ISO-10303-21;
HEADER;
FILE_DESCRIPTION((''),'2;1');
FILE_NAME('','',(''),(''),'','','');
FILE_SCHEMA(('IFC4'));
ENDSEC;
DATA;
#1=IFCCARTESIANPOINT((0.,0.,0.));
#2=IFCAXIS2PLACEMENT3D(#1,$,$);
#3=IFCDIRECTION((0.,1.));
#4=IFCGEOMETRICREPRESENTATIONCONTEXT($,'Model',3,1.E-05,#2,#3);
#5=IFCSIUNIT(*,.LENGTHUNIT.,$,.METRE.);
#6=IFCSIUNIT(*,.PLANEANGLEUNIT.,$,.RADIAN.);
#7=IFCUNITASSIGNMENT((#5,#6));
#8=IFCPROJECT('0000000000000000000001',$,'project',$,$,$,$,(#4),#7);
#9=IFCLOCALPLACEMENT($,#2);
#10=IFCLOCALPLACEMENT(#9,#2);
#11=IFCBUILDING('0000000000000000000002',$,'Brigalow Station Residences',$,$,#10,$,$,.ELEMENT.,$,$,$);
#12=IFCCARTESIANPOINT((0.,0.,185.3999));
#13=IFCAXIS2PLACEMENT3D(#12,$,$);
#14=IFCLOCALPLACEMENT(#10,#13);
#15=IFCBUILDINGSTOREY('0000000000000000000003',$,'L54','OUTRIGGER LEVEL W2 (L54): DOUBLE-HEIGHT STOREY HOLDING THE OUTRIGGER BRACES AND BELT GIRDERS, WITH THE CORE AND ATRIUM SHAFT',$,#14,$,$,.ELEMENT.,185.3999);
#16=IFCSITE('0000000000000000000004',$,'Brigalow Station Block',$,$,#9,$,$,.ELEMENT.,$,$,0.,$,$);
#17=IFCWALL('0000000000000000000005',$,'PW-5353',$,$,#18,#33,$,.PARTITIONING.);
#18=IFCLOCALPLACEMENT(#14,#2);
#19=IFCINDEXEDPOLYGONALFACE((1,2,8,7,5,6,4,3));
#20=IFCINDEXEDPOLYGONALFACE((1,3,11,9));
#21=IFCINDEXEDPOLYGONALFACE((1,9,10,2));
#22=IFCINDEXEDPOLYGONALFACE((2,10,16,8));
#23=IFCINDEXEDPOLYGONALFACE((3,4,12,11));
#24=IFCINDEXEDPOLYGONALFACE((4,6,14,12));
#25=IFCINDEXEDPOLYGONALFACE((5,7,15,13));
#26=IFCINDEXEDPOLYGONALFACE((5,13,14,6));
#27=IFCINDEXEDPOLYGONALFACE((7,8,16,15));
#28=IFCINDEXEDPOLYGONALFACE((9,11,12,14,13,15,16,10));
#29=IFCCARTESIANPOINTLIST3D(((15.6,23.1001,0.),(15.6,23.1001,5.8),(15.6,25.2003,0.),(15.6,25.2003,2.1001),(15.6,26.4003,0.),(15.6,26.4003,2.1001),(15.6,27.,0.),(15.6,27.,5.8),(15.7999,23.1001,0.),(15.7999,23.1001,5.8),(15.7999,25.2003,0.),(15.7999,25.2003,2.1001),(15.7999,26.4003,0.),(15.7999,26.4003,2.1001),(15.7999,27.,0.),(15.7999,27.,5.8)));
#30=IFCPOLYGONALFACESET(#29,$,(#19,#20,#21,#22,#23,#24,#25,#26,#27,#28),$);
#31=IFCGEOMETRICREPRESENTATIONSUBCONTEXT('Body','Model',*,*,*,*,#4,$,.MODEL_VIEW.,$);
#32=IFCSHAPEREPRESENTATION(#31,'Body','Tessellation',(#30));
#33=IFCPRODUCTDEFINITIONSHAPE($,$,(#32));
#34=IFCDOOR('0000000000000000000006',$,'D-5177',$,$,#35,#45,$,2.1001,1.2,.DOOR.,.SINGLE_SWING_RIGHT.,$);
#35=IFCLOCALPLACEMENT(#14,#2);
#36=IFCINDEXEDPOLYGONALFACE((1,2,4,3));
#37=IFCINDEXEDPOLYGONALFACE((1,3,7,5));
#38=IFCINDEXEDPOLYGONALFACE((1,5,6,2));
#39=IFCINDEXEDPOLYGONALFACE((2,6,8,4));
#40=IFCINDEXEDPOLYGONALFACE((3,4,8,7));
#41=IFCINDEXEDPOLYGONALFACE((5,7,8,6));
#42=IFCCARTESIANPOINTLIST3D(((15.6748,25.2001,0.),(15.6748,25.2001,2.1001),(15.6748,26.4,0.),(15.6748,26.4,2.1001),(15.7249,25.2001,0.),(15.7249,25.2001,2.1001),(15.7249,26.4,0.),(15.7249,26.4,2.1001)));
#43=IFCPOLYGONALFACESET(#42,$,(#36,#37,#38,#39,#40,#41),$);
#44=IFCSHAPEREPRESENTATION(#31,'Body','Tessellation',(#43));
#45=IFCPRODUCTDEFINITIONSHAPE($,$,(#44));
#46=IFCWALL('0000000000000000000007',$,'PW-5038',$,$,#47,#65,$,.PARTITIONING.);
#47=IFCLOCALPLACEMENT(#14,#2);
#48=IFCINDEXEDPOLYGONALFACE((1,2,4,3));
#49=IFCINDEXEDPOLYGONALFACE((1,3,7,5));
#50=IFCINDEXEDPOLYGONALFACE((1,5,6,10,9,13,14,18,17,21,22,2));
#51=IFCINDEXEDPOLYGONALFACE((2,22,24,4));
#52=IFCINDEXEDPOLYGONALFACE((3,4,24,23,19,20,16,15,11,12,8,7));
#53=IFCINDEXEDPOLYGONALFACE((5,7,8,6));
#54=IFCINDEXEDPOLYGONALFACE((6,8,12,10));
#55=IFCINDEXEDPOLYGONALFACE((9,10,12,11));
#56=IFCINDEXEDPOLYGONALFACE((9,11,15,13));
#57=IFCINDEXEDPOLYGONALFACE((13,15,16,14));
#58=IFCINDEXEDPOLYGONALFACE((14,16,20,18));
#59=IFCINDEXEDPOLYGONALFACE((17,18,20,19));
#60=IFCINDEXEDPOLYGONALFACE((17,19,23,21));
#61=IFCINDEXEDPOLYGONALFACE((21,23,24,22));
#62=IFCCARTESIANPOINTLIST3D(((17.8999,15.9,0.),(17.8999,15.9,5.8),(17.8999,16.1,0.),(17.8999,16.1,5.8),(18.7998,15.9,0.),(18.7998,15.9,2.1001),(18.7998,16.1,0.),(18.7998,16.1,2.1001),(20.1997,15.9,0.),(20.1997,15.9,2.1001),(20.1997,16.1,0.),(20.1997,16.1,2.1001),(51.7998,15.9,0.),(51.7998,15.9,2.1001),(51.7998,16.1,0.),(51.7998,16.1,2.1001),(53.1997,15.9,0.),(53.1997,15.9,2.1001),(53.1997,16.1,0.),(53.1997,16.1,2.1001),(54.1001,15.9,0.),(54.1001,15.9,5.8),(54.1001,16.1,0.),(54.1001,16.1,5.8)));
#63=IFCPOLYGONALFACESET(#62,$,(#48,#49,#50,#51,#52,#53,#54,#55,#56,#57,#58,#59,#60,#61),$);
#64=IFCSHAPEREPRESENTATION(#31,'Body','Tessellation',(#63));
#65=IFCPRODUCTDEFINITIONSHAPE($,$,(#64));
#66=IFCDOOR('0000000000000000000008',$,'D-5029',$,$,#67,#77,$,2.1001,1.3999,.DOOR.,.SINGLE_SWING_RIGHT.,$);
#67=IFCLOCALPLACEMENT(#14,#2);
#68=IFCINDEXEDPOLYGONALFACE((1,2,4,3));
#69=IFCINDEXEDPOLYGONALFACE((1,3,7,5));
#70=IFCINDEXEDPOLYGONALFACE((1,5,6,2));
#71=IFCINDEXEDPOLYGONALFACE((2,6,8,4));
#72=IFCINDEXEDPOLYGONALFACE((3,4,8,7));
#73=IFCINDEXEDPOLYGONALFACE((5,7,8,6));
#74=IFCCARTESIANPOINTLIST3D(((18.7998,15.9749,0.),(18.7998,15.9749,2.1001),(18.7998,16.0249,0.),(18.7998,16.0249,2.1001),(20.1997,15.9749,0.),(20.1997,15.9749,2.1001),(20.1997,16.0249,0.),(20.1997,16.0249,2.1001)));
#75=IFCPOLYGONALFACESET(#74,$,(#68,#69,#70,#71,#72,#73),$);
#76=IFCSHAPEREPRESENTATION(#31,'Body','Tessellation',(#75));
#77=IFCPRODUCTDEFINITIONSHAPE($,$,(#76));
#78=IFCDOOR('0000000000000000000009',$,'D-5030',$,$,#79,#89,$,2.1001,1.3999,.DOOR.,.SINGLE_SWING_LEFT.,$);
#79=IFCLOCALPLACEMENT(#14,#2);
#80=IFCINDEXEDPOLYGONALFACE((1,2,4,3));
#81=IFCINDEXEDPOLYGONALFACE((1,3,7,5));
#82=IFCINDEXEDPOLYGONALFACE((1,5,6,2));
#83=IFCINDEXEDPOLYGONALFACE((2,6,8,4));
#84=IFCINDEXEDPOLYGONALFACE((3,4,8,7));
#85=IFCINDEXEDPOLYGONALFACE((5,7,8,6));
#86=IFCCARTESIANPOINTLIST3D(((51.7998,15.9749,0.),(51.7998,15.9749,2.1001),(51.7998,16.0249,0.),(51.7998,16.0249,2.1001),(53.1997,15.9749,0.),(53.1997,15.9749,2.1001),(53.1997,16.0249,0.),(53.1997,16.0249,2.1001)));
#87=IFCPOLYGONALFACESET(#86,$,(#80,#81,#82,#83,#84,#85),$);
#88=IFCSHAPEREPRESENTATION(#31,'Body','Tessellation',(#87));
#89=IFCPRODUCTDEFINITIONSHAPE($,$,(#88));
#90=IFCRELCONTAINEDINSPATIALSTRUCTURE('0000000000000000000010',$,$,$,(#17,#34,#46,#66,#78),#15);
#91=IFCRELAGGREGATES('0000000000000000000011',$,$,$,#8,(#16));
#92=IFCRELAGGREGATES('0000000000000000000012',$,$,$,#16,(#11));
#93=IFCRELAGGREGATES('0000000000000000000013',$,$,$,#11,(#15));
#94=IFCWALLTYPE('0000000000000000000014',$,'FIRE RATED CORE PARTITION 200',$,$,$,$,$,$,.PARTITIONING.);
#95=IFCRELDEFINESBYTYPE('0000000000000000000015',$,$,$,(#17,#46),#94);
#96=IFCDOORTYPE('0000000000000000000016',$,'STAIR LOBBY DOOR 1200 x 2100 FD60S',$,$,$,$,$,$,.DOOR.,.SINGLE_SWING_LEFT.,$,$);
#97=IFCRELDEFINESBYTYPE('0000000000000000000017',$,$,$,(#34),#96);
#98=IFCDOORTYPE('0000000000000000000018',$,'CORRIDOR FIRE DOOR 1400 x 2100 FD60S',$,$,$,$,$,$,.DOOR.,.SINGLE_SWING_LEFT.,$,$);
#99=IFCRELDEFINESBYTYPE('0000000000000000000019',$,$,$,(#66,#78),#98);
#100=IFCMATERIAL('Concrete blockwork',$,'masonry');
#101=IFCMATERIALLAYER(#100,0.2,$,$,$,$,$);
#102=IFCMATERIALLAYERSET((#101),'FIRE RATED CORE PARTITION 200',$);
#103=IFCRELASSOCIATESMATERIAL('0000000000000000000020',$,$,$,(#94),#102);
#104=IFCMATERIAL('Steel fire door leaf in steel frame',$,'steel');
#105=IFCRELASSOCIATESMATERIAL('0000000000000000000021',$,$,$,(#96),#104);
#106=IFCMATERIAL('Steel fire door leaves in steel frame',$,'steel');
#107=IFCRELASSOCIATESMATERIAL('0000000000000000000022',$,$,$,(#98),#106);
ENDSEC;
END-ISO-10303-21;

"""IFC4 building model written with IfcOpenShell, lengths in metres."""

from ifc_helpers import new_model, si_unit, direction, frame, frame_2d, origin, place, context, subcontext, project, spatial, rectangle, extrude, material, layer, layer_set, type_object, element, fill, save


model = new_model("IFC4")

# Units and contexts
model_context = context("Model", 3, precision=1e-05, world=origin(), true_north=direction((0.0, 1.0)))
body_context = subcontext(model_context, "Body", "Model", "MODEL_VIEW")
ifc_project = project(units=[si_unit("LENGTHUNIT", "METRE"), si_unit("PLANEANGLEUNIT", "RADIAN")], contexts=[model_context])

# Site, building, storey
site_placement = place(None, origin())
site = spatial("IfcSite", under=ifc_project, at=site_placement, Name="Brigalow Station Block", CompositionType="ELEMENT", RefElevation=0.0)
building_placement = place(site_placement, origin())
building = spatial("IfcBuilding", under=site, at=building_placement, Name="Brigalow Station Residences", CompositionType="ELEMENT")
storey_placement = place(building_placement, frame((0.0, 0.0, 185.3999)))
storey = spatial("IfcBuildingStorey", under=building, at=storey_placement, Name="L54", Description="OUTRIGGER LEVEL W2 (L54): DOUBLE-HEIGHT STOREY HOLDING THE OUTRIGGER BRACES AND BELT GIRDERS, WITH THE CORE AND ATRIUM SHAFT", CompositionType="ELEMENT", Elevation=185.3999)

# Shared definitions
ifc_material_1 = material(Name="Concrete blockwork", Category="masonry")
ifc_layer = layer(ifc_material_1, 0.2)
ifc_layer_set = layer_set([ifc_layer], Name="FIRE RATED CORE PARTITION 200")
wall_type = type_object("IfcWallType", Name="FIRE RATED CORE PARTITION 200", PredefinedType="PARTITIONING", material=ifc_layer_set)

# Wall, opening, door
wall_1_placement = place(storey_placement, frame((15.7, 23.1001, 0.0), z_axis=(0.0, 0.0, 1.0), x_axis=(0.0, 1.0, 0.0)))
wall_1 = element("IfcWall", 1, at=wall_1_placement, inside=storey, type_object=wall_type, Name="PW-5353", PredefinedType="PARTITIONING", context=body_context, shape_type="SweptSolid", body=[
    extrude(rectangle(XDim=3.8999, YDim=0.2, at=frame_2d((1.95, 0.0))), origin(), (0.0, 0.0, 1.0), 5.8),
])
opening_1_placement = place(wall_1_placement, frame((2.1001, 0.0, 0.0)))
opening_1 = element("IfcOpeningElement", 2, at=opening_1_placement, cuts=wall_1, PredefinedType="OPENING", context=body_context, shape_type="SweptSolid", body=[
    extrude(rectangle(XDim=1.2, YDim=2.1001, at=frame_2d((0.6001, 1.05))), frame((0.0, 0.1099, 0.0), z_axis=(0.0, -1.0, 0.0), x_axis=(1.0, 0.0, 0.0)), (0.0, 0.0, 1.0), 0.22),
])
ifc_material_2 = material(Name="Steel fire door leaf in steel frame", Category="steel")
door_type_1 = type_object("IfcDoorType", Name="STAIR LOBBY DOOR 1200 x 2100 FD60S", OperationType="SINGLE_SWING_LEFT", PredefinedType="DOOR", material=ifc_material_2)
door_1_placement = place(opening_1_placement, frame((1.2, 0.0, 0.0), z_axis=(0.0, 0.0, 1.0), x_axis=(-1.0, 0.0, 0.0)))
door_1 = element("IfcDoor", 3, at=door_1_placement, inside=storey, type_object=door_type_1, Name="D-5177", OperationType="SINGLE_SWING_RIGHT", OverallHeight=2.1001, OverallWidth=1.2, PredefinedType="DOOR", context=body_context, shape_type="SweptSolid", body=[
    extrude(rectangle(XDim=1.2, YDim=2.1001, at=frame_2d((0.6001, 1.05))), frame((0.0, 0.0249, 0.0), z_axis=(0.0, -1.0, 0.0), x_axis=(1.0, 0.0, 0.0)), (0.0, 0.0, 1.0), 0.05),
])
fill(opening_1, door_1)

# Wall, openings, doors
wall_2_placement = place(storey_placement, frame((17.8999, 16.0, 0.0), z_axis=(0.0, 0.0, 1.0), x_axis=(1.0, 0.0, 0.0)))
wall_2 = element("IfcWall", 4, at=wall_2_placement, inside=storey, type_object=wall_type, Name="PW-5038", PredefinedType="PARTITIONING", context=body_context, shape_type="SweptSolid", body=[
    extrude(rectangle(XDim=36.2002, YDim=0.2, at=frame_2d((18.1001, 0.0))), origin(), (0.0, 0.0, 1.0), 5.8),
])
opening_2_placement = place(wall_2_placement, frame((0.8999, 0.0, 0.0)))
opening_2 = element("IfcOpeningElement", 5, at=opening_2_placement, cuts=wall_2, PredefinedType="OPENING", context=body_context, shape_type="SweptSolid", body=[
    extrude(rectangle(XDim=1.3999, YDim=2.1001, at=frame_2d((0.7, 1.05))), frame((0.0, 0.1099, 0.0), z_axis=(0.0, -1.0, 0.0), x_axis=(1.0, 0.0, 0.0)), (0.0, 0.0, 1.0), 0.22),
])
opening_3_placement = place(wall_2_placement, frame((33.8999, 0.0, 0.0)))
opening_3 = element("IfcOpeningElement", 6, at=opening_3_placement, cuts=wall_2, PredefinedType="OPENING", context=body_context, shape_type="SweptSolid", body=[
    extrude(rectangle(XDim=1.3999, YDim=2.1001, at=frame_2d((0.7, 1.05))), frame((0.0, 0.1099, 0.0), z_axis=(0.0, -1.0, 0.0), x_axis=(1.0, 0.0, 0.0)), (0.0, 0.0, 1.0), 0.22),
])
ifc_material_3 = material(Name="Steel fire door leaves in steel frame", Category="steel")
door_type_2 = type_object("IfcDoorType", Name="CORRIDOR FIRE DOOR 1400 x 2100 FD60S", OperationType="SINGLE_SWING_LEFT", PredefinedType="DOOR", material=ifc_material_3)
door_2_placement = place(opening_2_placement, origin())
door_2 = element("IfcDoor", 7, at=door_2_placement, inside=storey, type_object=door_type_2, Name="D-5029", OperationType="SINGLE_SWING_RIGHT", OverallHeight=2.1001, OverallWidth=1.3999, PredefinedType="DOOR", context=body_context, shape_type="SweptSolid", body=[
    extrude(rectangle(XDim=1.3999, YDim=2.1001, at=frame_2d((0.7, 1.05))), frame((0.0, 0.0249, 0.0), z_axis=(0.0, -1.0, 0.0), x_axis=(1.0, 0.0, 0.0)), (0.0, 0.0, 1.0), 0.05),
])
fill(opening_2, door_2)
door_3_placement = place(opening_3_placement, origin())
door_3 = element("IfcDoor", 8, at=door_3_placement, inside=storey, type_object=door_type_2, Name="D-5030", OperationType="SINGLE_SWING_LEFT", OverallHeight=2.1001, OverallWidth=1.3999, PredefinedType="DOOR", context=body_context, shape_type="SweptSolid", body=[
    extrude(rectangle(XDim=1.3999, YDim=2.1001, at=frame_2d((0.7, 1.05))), frame((0.0, 0.0249, 0.0), z_axis=(0.0, -1.0, 0.0), x_axis=(1.0, 0.0, 0.0)), (0.0, 0.0, 1.0), 0.05),
])
fill(opening_3, door_3)

save(model, "model.ifc")
